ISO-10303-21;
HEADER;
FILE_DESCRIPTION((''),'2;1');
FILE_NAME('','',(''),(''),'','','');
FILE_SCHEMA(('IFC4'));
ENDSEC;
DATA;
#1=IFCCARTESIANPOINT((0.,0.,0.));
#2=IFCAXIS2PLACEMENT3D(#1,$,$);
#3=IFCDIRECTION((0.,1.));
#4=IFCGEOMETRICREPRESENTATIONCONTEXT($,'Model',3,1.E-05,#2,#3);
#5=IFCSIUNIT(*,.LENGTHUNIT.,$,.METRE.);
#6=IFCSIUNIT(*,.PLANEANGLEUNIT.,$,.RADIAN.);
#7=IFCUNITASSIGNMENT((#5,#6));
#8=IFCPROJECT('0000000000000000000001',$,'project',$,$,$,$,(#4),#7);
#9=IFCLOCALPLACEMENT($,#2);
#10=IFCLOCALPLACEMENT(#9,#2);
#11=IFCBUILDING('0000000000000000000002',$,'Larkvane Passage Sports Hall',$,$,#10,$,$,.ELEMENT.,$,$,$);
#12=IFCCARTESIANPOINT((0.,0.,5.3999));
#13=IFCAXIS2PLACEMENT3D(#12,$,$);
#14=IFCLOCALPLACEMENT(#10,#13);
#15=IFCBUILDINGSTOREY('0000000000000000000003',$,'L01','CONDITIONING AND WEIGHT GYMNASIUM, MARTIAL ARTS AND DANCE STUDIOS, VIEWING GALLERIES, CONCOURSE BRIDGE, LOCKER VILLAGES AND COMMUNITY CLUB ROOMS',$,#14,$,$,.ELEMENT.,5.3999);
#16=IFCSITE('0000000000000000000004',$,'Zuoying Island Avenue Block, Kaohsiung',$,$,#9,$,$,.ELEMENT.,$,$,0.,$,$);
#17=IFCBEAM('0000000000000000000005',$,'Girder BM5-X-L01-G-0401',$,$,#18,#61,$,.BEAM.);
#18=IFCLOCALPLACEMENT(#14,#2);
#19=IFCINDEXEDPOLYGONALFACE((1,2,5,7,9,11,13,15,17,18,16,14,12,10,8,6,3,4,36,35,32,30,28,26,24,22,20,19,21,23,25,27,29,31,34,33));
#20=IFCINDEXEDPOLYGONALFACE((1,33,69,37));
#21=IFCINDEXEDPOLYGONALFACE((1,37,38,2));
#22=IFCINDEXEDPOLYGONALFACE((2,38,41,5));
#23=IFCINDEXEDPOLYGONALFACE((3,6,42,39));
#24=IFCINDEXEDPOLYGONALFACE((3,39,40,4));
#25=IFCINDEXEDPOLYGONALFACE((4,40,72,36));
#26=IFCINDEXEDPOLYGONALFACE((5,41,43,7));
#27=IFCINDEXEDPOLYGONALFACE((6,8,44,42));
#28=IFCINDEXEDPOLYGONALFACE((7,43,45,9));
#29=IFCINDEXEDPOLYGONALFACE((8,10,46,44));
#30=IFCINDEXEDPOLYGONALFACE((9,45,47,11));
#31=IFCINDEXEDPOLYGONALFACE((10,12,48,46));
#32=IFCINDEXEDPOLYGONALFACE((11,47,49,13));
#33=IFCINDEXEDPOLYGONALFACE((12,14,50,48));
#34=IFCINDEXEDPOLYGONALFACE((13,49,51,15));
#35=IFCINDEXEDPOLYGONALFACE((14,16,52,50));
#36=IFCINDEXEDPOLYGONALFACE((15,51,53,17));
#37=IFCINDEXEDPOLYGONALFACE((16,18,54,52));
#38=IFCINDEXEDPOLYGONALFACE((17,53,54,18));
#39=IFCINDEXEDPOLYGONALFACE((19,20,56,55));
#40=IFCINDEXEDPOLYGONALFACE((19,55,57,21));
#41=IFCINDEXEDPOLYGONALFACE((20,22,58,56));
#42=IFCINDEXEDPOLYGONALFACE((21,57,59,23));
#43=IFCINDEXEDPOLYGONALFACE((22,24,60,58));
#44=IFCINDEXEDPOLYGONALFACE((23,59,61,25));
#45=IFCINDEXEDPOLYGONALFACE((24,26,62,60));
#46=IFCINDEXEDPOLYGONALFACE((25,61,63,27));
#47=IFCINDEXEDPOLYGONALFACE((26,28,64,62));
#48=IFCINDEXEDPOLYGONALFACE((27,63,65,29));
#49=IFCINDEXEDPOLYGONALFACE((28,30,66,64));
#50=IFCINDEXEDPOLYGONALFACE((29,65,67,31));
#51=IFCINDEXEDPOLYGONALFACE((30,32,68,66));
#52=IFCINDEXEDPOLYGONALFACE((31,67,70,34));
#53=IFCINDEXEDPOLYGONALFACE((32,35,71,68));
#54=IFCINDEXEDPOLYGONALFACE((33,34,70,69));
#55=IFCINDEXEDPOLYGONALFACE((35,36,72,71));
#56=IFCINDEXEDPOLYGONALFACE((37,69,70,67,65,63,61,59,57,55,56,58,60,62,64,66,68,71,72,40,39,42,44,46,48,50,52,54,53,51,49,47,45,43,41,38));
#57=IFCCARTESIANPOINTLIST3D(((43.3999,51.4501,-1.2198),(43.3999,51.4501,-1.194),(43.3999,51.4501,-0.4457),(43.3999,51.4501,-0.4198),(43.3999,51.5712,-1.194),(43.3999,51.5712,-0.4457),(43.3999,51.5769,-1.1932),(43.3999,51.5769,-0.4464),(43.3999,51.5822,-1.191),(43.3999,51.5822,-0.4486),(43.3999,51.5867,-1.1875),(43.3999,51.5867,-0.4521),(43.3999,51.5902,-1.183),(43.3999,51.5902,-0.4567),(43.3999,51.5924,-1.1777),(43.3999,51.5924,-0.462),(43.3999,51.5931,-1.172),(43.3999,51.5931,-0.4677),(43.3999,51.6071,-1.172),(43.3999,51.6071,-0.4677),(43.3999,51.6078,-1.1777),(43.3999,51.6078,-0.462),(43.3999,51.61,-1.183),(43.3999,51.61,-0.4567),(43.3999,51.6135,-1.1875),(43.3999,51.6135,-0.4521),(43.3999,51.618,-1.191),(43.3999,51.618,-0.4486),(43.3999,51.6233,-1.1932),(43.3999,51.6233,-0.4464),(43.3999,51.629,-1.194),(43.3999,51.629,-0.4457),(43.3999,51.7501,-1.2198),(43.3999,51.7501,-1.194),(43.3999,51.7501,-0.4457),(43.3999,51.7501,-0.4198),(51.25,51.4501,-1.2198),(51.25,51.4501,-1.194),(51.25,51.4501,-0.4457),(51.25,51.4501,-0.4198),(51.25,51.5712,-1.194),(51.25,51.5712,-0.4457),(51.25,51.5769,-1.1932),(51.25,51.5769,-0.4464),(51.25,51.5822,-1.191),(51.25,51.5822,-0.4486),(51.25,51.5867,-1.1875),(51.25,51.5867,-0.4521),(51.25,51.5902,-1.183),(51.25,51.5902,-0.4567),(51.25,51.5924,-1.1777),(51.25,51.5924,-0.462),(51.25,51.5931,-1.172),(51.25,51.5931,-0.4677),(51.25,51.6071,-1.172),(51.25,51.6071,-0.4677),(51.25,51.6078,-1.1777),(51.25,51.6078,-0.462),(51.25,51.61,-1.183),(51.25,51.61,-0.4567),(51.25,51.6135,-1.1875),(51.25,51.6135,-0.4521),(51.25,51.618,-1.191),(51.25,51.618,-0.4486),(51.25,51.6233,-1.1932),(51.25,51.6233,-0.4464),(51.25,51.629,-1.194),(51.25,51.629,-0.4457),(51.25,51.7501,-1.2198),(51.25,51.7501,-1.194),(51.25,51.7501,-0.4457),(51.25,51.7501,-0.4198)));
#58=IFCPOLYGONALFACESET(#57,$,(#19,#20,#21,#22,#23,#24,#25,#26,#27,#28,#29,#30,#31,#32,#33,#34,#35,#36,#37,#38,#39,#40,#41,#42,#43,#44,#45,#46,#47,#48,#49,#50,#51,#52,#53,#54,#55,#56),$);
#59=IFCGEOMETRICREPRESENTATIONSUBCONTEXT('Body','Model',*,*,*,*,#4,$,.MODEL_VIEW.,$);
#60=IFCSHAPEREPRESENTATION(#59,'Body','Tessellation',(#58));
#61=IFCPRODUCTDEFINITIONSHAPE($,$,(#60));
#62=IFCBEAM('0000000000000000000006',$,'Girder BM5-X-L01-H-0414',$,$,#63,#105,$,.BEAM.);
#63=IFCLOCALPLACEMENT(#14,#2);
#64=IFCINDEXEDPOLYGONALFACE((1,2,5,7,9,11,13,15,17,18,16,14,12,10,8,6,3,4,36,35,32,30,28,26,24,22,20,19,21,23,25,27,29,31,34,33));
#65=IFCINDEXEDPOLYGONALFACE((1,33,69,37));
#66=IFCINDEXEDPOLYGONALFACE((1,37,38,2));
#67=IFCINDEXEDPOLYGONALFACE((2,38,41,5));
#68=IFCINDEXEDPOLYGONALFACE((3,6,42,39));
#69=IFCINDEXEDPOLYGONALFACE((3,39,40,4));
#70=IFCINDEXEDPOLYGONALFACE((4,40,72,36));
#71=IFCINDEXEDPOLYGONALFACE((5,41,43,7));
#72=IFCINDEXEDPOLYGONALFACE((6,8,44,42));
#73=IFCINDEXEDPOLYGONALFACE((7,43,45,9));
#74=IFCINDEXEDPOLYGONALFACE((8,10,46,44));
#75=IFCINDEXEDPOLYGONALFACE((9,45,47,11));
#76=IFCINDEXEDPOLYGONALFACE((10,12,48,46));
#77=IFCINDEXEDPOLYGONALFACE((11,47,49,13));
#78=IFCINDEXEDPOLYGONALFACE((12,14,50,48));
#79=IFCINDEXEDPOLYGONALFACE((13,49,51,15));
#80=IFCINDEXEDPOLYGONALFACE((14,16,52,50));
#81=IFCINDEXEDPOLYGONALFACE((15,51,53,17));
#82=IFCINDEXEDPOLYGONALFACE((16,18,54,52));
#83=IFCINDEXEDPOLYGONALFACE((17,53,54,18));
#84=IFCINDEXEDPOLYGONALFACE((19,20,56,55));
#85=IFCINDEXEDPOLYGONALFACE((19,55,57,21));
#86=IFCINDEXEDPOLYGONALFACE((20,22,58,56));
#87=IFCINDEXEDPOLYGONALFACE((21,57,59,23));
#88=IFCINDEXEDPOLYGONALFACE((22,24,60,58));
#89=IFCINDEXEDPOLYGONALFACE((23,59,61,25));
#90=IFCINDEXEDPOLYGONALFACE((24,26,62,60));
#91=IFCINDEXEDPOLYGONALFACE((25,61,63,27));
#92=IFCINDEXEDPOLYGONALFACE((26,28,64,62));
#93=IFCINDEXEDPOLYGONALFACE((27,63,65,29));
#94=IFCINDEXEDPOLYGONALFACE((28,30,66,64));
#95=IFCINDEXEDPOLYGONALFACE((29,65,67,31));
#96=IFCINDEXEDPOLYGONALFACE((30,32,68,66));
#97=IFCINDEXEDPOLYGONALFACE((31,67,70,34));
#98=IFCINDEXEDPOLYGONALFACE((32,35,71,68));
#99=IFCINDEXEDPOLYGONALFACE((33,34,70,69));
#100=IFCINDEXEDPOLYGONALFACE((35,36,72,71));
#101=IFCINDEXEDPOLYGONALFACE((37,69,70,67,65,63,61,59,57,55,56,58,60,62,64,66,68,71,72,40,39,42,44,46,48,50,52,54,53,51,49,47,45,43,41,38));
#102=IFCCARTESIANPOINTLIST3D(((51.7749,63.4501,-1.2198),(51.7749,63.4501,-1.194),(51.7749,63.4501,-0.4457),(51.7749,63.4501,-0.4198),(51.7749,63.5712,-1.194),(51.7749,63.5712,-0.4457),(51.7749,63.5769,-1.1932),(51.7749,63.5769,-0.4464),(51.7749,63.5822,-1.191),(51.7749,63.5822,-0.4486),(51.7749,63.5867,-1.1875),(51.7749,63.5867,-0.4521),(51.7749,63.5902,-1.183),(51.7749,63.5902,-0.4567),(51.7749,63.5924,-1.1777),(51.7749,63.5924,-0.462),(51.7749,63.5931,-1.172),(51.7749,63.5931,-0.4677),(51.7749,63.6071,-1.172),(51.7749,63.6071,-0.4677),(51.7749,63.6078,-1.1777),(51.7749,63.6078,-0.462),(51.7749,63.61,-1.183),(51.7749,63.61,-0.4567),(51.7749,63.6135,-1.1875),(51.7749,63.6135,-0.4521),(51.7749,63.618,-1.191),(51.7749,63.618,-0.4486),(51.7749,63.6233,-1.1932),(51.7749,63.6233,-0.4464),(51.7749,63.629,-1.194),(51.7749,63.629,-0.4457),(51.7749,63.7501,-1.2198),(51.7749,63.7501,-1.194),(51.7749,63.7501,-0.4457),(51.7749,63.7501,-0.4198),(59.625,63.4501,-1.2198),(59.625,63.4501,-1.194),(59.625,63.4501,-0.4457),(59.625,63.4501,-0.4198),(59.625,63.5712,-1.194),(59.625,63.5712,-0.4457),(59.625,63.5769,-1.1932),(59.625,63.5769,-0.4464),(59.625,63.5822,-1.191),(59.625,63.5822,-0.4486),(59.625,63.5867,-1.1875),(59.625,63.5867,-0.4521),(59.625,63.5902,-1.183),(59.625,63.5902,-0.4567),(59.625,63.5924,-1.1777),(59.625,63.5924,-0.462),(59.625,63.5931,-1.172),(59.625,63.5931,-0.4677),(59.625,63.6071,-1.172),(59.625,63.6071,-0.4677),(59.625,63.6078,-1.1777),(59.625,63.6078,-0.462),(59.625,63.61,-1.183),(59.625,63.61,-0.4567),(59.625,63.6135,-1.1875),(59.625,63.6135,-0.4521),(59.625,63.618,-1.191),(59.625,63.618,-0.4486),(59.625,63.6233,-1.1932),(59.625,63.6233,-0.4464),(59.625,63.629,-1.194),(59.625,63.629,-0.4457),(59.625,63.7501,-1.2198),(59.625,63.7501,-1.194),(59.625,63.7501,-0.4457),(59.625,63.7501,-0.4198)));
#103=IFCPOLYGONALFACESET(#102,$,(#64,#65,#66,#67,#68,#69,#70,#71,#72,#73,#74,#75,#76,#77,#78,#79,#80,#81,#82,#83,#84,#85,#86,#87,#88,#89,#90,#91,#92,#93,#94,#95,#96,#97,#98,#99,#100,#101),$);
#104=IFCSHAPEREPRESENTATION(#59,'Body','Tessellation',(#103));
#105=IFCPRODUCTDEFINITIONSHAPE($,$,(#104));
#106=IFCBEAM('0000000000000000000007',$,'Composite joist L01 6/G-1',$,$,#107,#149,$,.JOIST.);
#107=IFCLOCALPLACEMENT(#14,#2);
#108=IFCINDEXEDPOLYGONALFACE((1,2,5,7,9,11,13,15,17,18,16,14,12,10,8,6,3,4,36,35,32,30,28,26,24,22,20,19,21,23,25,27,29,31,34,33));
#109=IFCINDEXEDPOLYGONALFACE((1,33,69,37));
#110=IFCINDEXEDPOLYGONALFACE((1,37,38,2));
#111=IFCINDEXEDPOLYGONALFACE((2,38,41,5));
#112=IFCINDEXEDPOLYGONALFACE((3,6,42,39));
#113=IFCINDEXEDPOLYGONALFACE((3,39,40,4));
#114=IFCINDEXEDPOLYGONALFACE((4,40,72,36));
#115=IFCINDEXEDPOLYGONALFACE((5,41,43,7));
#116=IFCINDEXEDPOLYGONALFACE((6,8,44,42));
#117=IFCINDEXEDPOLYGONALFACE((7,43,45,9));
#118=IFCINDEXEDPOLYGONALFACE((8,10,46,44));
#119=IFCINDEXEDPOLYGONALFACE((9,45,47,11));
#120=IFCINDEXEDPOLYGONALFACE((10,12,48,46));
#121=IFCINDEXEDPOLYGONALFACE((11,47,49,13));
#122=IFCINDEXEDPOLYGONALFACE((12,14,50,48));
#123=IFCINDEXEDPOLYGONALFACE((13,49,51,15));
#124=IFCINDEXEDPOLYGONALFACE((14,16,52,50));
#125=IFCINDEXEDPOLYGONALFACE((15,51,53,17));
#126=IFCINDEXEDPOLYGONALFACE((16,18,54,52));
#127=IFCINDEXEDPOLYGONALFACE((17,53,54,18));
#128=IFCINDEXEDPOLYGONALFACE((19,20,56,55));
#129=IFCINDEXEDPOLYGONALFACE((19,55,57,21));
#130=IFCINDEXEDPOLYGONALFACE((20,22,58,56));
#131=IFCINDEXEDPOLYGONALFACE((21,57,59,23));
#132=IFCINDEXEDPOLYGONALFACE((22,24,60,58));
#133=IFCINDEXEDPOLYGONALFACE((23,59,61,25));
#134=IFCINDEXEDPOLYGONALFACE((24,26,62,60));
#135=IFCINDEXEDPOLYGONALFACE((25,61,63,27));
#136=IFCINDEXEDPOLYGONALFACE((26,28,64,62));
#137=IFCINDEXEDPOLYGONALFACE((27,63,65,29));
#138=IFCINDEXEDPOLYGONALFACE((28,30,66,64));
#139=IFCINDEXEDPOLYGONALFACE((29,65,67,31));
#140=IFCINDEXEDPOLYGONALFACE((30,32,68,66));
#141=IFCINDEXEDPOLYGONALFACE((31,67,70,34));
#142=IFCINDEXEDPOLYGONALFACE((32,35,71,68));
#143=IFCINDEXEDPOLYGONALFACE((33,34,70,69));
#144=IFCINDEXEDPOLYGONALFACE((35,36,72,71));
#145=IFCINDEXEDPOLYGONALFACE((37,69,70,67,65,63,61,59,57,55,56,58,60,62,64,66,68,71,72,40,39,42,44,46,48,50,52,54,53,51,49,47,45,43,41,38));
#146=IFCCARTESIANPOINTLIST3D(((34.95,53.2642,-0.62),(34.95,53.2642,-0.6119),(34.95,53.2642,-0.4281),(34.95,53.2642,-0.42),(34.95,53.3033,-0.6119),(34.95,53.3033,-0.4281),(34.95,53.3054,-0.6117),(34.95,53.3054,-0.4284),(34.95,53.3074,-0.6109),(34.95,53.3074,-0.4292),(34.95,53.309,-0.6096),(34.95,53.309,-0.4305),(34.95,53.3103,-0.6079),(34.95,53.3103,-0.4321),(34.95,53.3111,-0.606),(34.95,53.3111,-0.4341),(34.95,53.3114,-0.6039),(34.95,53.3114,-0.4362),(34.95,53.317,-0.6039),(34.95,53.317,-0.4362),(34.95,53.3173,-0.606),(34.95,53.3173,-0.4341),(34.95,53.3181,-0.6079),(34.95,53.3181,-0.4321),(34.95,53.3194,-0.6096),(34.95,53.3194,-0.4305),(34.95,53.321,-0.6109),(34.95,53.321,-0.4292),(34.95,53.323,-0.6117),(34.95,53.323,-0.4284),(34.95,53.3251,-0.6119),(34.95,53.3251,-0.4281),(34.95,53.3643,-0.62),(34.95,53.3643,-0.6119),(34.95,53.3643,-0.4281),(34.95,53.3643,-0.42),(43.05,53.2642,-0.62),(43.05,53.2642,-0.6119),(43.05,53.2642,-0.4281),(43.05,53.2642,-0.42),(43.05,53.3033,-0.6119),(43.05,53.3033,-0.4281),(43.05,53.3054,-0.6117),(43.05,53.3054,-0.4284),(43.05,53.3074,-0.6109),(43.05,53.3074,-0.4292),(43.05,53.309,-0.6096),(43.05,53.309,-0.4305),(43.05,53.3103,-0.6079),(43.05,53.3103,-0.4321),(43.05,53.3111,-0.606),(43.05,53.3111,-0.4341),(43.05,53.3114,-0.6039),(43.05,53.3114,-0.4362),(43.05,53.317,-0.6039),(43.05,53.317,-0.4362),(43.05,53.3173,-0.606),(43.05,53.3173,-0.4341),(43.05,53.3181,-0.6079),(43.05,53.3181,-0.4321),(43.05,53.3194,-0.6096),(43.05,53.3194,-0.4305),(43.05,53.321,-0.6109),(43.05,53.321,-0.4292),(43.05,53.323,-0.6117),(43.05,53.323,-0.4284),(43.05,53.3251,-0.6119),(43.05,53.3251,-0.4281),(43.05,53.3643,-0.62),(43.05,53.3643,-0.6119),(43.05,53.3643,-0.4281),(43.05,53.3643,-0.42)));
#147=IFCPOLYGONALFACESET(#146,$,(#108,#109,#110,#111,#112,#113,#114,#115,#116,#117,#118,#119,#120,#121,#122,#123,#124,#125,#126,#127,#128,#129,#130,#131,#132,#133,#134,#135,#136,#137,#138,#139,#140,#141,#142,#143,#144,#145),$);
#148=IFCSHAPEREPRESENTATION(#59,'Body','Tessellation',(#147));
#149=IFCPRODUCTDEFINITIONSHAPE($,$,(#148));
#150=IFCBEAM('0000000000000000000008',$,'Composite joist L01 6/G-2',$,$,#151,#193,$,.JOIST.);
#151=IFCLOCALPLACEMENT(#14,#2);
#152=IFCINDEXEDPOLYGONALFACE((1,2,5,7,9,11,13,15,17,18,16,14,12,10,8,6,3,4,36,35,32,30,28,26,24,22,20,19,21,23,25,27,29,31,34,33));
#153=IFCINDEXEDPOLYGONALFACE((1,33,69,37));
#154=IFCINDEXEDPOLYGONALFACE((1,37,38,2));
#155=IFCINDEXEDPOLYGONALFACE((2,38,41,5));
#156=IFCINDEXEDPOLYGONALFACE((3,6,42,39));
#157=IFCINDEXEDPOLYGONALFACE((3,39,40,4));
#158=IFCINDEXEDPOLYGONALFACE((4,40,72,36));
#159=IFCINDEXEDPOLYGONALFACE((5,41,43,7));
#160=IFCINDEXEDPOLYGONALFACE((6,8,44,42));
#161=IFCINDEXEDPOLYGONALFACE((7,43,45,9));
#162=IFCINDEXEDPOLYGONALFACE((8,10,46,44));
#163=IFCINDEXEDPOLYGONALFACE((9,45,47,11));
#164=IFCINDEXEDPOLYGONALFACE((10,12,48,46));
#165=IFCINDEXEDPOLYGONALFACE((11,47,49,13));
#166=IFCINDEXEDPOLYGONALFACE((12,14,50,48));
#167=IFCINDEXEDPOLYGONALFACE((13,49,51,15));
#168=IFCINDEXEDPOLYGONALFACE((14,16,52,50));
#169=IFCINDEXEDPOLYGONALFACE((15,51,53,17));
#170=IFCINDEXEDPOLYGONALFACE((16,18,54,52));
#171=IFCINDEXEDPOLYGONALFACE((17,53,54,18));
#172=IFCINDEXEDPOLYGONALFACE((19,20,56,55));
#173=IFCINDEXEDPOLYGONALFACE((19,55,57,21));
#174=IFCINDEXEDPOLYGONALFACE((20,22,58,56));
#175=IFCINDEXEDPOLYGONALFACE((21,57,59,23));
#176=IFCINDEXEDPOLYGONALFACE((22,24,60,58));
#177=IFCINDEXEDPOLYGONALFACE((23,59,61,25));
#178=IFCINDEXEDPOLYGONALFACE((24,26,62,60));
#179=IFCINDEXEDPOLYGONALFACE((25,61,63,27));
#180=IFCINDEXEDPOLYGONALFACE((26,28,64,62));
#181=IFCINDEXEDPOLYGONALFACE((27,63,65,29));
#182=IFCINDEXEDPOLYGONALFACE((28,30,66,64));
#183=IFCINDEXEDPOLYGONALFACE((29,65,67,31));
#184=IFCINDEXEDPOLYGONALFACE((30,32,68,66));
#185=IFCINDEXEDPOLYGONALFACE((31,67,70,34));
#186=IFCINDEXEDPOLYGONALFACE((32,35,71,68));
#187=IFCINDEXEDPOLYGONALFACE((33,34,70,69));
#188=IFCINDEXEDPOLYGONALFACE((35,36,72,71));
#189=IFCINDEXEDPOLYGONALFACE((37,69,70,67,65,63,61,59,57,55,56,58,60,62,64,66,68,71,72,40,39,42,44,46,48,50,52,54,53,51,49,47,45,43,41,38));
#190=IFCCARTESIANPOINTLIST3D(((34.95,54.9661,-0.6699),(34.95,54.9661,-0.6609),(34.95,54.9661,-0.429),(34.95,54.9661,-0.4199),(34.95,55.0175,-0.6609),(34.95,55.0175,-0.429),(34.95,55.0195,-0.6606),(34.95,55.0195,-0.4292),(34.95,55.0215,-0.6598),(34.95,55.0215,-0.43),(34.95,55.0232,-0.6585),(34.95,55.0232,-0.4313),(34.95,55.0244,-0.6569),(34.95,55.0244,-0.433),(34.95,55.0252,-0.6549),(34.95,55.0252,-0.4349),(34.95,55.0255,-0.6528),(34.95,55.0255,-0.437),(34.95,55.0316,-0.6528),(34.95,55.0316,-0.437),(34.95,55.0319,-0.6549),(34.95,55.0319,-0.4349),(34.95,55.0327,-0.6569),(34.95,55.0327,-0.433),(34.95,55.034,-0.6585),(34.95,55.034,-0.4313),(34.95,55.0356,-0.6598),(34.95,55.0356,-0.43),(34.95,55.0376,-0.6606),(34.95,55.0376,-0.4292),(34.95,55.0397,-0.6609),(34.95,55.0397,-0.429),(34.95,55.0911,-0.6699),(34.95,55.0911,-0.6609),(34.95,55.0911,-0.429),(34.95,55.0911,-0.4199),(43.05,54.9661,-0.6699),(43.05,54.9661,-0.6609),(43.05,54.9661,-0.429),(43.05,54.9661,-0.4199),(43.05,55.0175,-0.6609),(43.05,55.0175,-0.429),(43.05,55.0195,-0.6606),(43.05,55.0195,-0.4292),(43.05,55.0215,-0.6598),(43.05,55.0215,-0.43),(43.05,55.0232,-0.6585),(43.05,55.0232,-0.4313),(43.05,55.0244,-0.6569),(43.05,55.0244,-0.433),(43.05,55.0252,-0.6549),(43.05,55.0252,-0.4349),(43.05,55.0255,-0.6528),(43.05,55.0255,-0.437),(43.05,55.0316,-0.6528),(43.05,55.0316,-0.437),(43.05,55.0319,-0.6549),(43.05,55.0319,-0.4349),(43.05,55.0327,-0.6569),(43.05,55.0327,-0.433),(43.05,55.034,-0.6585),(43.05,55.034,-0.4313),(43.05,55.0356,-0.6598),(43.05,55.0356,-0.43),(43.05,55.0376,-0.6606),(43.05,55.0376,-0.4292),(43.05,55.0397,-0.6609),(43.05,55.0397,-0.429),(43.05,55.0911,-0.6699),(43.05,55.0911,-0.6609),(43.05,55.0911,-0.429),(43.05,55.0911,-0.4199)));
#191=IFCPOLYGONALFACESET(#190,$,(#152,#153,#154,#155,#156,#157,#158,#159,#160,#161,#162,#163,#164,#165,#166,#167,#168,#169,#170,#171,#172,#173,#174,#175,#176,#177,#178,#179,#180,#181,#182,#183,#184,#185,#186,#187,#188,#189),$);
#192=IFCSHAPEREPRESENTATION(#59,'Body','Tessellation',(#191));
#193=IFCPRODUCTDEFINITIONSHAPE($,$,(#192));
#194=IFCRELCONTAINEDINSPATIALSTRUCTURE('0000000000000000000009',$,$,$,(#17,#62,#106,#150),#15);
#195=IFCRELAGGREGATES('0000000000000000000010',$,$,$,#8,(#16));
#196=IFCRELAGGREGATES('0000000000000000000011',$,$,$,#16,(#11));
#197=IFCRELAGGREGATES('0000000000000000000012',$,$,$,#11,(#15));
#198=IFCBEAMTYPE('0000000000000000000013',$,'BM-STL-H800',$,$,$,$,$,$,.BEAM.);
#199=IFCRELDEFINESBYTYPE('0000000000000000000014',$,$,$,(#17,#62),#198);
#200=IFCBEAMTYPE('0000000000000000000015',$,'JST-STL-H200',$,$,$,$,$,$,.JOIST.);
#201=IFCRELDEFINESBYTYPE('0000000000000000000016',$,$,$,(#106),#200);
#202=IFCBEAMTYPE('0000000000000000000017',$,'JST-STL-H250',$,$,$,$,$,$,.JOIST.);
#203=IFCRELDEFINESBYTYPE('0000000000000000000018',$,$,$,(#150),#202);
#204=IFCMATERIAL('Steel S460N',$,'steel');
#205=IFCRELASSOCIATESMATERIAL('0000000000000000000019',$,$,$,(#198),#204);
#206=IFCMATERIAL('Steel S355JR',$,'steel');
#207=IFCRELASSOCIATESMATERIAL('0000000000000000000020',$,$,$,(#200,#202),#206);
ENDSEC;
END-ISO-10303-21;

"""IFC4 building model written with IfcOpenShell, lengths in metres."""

from ifc_helpers import new_model, si_unit, direction, frame, origin, origin_2d, place, context, subcontext, project, spatial, i_section, extrude, material, material_profile, profile_set, type_object, element, save


model = new_model("IFC4")

# Units and contexts
model_context = context("Model", 3, precision=1e-05, world=origin(), true_north=direction((0.0, 1.0)))
body_context = subcontext(model_context, "Body", "Model", "MODEL_VIEW")
ifc_project = project(units=[si_unit("LENGTHUNIT", "METRE"), si_unit("PLANEANGLEUNIT", "RADIAN")], contexts=[model_context])

# Site, building, storey
site_placement = place(None, origin())
site = spatial("IfcSite", under=ifc_project, at=site_placement, Name="Zuoying Island Avenue Block, Kaohsiung", CompositionType="ELEMENT", RefElevation=0.0)
building_placement = place(site_placement, origin())
building = spatial("IfcBuilding", under=site, at=building_placement, Name="Larkvane Passage Sports Hall", CompositionType="ELEMENT")
storey_placement = place(building_placement, frame((0.0, 0.0, 5.3999)))
storey = spatial("IfcBuildingStorey", under=building, at=storey_placement, Name="L01", Description="CONDITIONING AND WEIGHT GYMNASIUM, MARTIAL ARTS AND DANCE STUDIOS, VIEWING GALLERIES, CONCOURSE BRIDGE, LOCKER VILLAGES AND COMMUNITY CLUB ROOMS", CompositionType="ELEMENT", Elevation=5.3999)

# Shared definitions
ifc_material_1 = material(Name="Steel S355JR", Category="steel")
ifc_material_2 = material(Name="Steel S460N", Category="steel")

# Beams
ifc_material_profile_1 = material_profile(ifc_material_2, i_section(OverallWidth=0.3, OverallDepth=0.8, WebThickness=0.0139, FlangeThickness=0.0259, FilletRadius=0.022, at=origin_2d()), Name="H-800x300x14x26")
ifc_profile_set_1 = profile_set([ifc_material_profile_1], Name="Steel S460N")
beam_type_1 = type_object("IfcBeamType", Name="BM-STL-H800", PredefinedType="BEAM", material=ifc_profile_set_1)
for number, where, z_axis, x_axis, name in (
    (1, (43.3999, 51.6001, -0.8198), (1.0, 0.0, 0.0), (0.0, 1.0, 0.0), "Girder BM5-X-L01-G-0401"),
    (2, (51.7749, 63.6001, -0.8198), (1.0, 0.0, 0.0), (0.0, 1.0, 0.0), "Girder BM5-X-L01-H-0414"),
):
    element("IfcBeam", number, at=place(storey_placement, frame(where, z_axis=z_axis, x_axis=x_axis)), inside=storey, type_object=beam_type_1, Name=name, PredefinedType="BEAM", context=body_context, shape_type="SweptSolid", body=[
        extrude(i_section(OverallWidth=0.3, OverallDepth=0.8, WebThickness=0.0139, FlangeThickness=0.0259, FilletRadius=0.022, at=origin_2d()), origin(), (0.0, 0.0, 1.0), 7.8501),
    ])
ifc_material_profile_2 = material_profile(ifc_material_1, i_section(OverallWidth=0.1001, OverallDepth=0.2, WebThickness=0.0056, FlangeThickness=0.0081, FilletRadius=0.0081, at=origin_2d()), Name="H-200x100x5.5x8")
ifc_profile_set_2 = profile_set([ifc_material_profile_2], Name="Steel S355JR")
beam_type_2 = type_object("IfcBeamType", Name="JST-STL-H200", PredefinedType="JOIST", material=ifc_profile_set_2)
beam_1_placement = place(storey_placement, frame((34.95, 53.3142, -0.52), z_axis=(1.0, 0.0, 0.0), x_axis=(0.0, 1.0, 0.0)))
element("IfcBeam", 3, at=beam_1_placement, inside=storey, type_object=beam_type_2, Name="Composite joist L01 6/G-1", PredefinedType="JOIST", context=body_context, shape_type="SweptSolid", body=[
    extrude(i_section(OverallWidth=0.1001, OverallDepth=0.2, WebThickness=0.0056, FlangeThickness=0.0081, FilletRadius=0.0081, at=origin_2d()), origin(), (0.0, 0.0, 1.0), 8.1001),
])
ifc_material_profile_3 = material_profile(ifc_material_1, i_section(OverallWidth=0.125, OverallDepth=0.25, WebThickness=0.0061, FlangeThickness=0.009, FilletRadius=0.0081, at=origin_2d()), Name="H-250x125x6x9")
ifc_profile_set_3 = profile_set([ifc_material_profile_3], Name="Steel S355JR")
beam_type_3 = type_object("IfcBeamType", Name="JST-STL-H250", PredefinedType="JOIST", material=ifc_profile_set_3)
for number, where, z_axis, x_axis, name in (
    (4, (34.95, 55.0286, -0.5449), (1.0, 0.0, 0.0), (0.0, 1.0, 0.0), "Composite joist L01 6/G-2"),
):
    element("IfcBeam", number, at=place(storey_placement, frame(where, z_axis=z_axis, x_axis=x_axis)), inside=storey, type_object=beam_type_3, Name=name, PredefinedType="JOIST", context=body_context, shape_type="SweptSolid", body=[
        extrude(i_section(OverallWidth=0.125, OverallDepth=0.25, WebThickness=0.0061, FlangeThickness=0.009, FilletRadius=0.0081, at=origin_2d()), origin(), (0.0, 0.0, 1.0), 8.1001),
    ])

save(model, "model.ifc")
